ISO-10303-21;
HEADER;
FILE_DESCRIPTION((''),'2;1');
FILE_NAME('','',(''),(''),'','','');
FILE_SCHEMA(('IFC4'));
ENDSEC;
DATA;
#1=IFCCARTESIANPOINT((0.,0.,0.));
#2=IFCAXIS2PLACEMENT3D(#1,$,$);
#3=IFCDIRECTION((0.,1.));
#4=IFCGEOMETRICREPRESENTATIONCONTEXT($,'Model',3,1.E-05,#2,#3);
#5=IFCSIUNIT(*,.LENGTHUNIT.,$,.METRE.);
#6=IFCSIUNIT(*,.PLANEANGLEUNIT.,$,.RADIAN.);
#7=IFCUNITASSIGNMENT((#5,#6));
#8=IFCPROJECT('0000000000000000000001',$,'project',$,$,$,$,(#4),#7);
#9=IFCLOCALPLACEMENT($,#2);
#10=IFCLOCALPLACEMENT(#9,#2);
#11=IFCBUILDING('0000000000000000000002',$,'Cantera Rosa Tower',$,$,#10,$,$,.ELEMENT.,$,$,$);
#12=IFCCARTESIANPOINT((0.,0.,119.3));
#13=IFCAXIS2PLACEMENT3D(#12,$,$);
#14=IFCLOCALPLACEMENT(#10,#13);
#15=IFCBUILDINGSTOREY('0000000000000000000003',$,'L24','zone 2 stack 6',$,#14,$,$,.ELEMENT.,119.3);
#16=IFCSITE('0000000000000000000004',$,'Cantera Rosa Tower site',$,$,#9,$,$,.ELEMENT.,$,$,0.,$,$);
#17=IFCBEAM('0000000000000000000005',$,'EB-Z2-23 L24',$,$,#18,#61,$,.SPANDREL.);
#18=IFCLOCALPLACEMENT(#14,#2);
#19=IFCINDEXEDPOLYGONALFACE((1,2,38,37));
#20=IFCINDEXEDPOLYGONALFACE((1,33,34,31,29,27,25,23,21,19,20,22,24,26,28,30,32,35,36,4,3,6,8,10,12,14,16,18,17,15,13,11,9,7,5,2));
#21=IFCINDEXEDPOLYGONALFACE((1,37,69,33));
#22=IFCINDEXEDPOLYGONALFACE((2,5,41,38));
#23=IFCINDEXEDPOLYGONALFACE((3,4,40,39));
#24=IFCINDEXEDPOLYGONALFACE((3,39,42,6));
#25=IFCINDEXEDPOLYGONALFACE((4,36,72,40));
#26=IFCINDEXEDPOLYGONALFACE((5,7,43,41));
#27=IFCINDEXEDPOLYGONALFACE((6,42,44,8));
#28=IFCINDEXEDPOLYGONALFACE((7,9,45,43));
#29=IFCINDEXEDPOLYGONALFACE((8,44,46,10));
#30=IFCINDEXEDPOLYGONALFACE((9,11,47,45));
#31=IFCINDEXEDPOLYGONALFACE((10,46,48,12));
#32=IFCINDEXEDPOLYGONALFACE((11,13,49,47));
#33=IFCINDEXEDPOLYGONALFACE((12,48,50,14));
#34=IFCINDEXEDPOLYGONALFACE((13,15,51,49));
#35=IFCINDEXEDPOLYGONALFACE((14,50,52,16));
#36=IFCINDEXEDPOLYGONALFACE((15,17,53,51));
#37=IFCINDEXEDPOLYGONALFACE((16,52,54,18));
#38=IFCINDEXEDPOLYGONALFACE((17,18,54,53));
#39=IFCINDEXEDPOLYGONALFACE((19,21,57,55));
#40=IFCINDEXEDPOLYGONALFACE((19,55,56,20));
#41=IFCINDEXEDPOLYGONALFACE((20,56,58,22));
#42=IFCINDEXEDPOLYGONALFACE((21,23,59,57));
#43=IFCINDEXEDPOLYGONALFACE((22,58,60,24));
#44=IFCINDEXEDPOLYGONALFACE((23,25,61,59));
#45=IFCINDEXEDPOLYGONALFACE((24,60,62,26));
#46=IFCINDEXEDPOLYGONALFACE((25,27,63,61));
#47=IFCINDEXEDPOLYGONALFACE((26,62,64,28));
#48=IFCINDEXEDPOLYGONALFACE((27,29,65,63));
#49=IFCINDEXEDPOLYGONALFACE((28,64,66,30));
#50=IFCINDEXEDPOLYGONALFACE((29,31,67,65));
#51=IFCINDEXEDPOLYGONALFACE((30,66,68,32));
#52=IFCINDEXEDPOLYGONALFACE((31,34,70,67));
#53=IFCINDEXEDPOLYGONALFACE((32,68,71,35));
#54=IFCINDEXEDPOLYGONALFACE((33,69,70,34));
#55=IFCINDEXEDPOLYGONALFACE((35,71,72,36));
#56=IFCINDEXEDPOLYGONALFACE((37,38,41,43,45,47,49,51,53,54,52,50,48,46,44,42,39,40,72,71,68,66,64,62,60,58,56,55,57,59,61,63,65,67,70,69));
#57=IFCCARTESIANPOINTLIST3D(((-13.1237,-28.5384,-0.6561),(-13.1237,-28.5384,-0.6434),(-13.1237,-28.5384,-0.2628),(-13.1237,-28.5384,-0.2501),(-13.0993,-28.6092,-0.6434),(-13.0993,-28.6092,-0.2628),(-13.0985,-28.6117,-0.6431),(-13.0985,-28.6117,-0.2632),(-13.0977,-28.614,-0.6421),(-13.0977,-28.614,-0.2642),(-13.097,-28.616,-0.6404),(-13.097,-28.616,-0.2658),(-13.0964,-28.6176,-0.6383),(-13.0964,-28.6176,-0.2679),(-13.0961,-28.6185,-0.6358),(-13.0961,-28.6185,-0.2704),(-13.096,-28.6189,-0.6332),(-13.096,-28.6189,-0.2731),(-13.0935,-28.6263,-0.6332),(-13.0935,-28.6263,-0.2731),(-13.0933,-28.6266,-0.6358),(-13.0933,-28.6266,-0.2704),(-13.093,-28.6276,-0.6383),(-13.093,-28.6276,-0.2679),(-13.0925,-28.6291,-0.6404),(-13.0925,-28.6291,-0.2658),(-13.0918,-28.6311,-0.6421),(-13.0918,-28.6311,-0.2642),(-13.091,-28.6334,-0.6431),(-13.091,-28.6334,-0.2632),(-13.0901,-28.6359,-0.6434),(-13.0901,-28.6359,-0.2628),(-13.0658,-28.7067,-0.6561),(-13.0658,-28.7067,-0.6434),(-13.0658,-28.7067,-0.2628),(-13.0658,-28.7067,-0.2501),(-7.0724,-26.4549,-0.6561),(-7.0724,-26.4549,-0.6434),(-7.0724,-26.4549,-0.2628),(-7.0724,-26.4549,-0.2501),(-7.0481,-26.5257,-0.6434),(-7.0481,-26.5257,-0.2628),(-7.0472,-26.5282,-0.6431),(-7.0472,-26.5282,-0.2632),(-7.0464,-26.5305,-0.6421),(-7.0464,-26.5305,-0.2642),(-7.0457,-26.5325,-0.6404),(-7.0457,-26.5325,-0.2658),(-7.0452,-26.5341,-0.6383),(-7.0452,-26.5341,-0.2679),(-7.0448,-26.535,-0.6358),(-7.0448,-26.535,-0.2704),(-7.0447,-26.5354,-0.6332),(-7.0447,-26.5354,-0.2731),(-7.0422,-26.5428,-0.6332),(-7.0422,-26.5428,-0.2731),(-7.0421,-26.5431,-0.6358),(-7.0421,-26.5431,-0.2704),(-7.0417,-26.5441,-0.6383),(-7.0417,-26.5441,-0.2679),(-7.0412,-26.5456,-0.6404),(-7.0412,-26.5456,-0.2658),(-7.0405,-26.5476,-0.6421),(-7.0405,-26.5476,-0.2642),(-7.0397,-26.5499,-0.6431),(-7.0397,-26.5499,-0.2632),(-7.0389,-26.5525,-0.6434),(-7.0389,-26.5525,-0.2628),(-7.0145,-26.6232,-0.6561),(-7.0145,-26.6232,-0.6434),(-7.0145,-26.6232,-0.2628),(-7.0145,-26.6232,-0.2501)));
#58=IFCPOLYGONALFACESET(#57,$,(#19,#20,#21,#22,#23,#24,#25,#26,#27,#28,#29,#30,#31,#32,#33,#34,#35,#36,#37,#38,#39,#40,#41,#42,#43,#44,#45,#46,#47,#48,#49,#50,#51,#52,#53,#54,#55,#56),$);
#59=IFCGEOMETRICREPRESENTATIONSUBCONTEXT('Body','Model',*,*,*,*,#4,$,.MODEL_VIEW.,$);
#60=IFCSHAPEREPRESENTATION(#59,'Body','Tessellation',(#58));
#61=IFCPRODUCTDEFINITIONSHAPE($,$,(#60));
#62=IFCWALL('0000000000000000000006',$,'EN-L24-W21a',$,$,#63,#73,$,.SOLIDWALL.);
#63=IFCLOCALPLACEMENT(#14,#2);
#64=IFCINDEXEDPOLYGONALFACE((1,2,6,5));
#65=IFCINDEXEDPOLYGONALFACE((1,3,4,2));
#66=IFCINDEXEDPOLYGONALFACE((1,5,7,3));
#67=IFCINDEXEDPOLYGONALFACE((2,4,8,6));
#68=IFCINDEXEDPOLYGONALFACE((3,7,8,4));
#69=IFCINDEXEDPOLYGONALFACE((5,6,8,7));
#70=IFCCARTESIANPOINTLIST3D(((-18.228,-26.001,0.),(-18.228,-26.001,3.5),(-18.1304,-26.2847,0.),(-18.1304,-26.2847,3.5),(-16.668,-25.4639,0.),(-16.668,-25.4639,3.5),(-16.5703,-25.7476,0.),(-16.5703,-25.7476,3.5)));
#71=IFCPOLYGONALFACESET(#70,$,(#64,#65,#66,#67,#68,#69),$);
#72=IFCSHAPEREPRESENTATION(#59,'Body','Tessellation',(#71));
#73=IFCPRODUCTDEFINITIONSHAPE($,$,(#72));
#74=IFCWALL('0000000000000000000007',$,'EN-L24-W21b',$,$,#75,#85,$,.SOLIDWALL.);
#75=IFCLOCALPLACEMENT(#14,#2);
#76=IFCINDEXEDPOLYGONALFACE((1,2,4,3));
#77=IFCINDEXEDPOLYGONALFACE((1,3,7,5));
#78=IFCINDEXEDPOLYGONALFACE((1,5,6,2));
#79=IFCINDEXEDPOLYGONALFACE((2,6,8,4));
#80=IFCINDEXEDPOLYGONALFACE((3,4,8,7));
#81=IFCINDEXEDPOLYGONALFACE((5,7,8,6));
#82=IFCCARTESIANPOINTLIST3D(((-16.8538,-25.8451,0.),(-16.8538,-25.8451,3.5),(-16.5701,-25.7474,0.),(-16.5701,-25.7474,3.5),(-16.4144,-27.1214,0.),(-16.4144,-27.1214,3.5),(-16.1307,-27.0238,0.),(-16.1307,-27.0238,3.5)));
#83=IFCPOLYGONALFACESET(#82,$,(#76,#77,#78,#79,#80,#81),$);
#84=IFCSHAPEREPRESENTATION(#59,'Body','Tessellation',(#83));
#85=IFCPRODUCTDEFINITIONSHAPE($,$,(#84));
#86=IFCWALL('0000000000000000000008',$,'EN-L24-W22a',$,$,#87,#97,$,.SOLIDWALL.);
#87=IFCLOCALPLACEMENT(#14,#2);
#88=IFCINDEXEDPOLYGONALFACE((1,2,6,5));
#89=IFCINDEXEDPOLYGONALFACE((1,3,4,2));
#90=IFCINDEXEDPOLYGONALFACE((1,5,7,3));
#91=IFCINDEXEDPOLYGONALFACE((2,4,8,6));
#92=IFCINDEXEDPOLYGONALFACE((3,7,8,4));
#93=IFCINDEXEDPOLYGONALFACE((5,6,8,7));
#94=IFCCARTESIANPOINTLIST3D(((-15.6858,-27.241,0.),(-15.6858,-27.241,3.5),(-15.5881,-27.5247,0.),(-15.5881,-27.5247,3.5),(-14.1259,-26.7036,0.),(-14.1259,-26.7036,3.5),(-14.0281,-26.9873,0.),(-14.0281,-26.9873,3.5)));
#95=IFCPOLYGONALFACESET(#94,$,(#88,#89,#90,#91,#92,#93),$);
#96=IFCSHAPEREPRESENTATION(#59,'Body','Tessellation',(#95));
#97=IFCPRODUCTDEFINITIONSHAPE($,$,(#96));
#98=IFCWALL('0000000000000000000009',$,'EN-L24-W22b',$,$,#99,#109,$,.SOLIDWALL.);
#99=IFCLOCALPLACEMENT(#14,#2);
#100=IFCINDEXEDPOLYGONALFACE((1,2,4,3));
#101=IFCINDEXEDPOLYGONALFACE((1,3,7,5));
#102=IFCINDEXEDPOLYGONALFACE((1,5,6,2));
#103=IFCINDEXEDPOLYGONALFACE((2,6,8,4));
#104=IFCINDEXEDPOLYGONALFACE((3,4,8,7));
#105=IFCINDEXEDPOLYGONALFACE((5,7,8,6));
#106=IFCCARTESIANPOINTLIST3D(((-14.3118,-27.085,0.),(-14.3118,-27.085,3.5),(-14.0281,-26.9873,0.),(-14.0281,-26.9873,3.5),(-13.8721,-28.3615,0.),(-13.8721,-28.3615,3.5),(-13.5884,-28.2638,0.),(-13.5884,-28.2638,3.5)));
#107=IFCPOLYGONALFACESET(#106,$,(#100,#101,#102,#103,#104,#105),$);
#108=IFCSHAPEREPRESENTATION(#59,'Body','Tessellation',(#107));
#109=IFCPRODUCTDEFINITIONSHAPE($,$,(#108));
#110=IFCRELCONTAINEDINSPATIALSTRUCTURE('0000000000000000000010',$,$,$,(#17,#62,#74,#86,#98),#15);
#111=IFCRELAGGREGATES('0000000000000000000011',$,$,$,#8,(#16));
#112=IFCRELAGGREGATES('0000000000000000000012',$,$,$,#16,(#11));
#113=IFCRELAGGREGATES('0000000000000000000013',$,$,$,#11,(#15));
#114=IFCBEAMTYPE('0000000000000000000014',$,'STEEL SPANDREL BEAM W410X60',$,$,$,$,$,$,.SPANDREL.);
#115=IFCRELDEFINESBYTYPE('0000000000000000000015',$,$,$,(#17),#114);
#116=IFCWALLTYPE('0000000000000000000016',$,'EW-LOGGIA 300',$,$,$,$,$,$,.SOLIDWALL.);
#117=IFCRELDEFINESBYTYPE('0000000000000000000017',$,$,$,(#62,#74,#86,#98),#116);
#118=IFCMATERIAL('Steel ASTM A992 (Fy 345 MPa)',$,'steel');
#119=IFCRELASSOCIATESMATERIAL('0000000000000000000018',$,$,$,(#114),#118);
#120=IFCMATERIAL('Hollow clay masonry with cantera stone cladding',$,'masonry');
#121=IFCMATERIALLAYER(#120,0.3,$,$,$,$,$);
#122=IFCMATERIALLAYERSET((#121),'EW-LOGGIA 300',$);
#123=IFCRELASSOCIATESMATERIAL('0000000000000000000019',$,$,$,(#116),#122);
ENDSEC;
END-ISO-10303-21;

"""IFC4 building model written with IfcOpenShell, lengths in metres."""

from ifc_helpers import new_model, si_unit, direction, frame, frame_2d, origin, origin_2d, place, context, subcontext, project, spatial, rectangle, i_section, extrude, material, layer, layer_set, material_profile, profile_set, type_object, element, save


model = new_model("IFC4")

# Units and contexts
model_context = context("Model", 3, precision=1e-05, world=origin(), true_north=direction((0.0, 1.0)))
body_context = subcontext(model_context, "Body", "Model", "MODEL_VIEW")
ifc_project = project(units=[si_unit("LENGTHUNIT", "METRE"), si_unit("PLANEANGLEUNIT", "RADIAN")], contexts=[model_context])

# Site, building, storey
site_placement = place(None, origin())
site = spatial("IfcSite", under=ifc_project, at=site_placement, Name="Cantera Rosa Tower site", CompositionType="ELEMENT", RefElevation=0.0)
building_placement = place(site_placement, origin())
building = spatial("IfcBuilding", under=site, at=building_placement, Name="Cantera Rosa Tower", CompositionType="ELEMENT")
storey_placement = place(building_placement, frame((0.0, 0.0, 119.3)))
storey = spatial("IfcBuildingStorey", under=building, at=storey_placement, Name="L24", Description="zone 2 stack 6", CompositionType="ELEMENT", Elevation=119.3)

# Beam
ifc_material_1 = material(Name="Steel ASTM A992 (Fy 345 MPa)", Category="steel")
ifc_material_profile_1 = material_profile(ifc_material_1, i_section(OverallWidth=0.178, OverallDepth=0.406, WebThickness=0.0078, FlangeThickness=0.0127, FilletRadius=0.0103, at=origin_2d()), Name="W410X60")
ifc_profile_set_1 = profile_set([ifc_material_profile_1], Name="Steel ASTM A992 (Fy 345 MPa)")
beam_type_1 = type_object("IfcBeamType", Name="STEEL SPANDREL BEAM W410X60", PredefinedType="SPANDREL", material=ifc_profile_set_1)
beam_1_placement = place(storey_placement, frame((-13.0947, -28.6226, -0.4531), z_axis=(0.945524, 0.325551, 0.0), x_axis=(-0.325551, 0.945524, 0.0)))
element("IfcBeam", 1, at=beam_1_placement, inside=storey, type_object=beam_type_1, Name="EB-Z2-23 L24", PredefinedType="SPANDREL", context=body_context, shape_type="SweptSolid", body=[
    extrude(i_section(OverallWidth=0.178, OverallDepth=0.406, WebThickness=0.0078, FlangeThickness=0.0127, FilletRadius=0.0103, at=origin_2d()), origin(), (0.0, 0.0, 1.0), 6.3999),
])

# Walls
ifc_material_2 = material(Name="Hollow clay masonry with cantera stone cladding", Category="masonry")
ifc_layer_1 = layer(ifc_material_2, 0.3)
ifc_layer_set_1 = layer_set([ifc_layer_1], Name="EW-LOGGIA 300")
wall_type_1 = type_object("IfcWallType", Name="EW-LOGGIA 300", PredefinedType="SOLIDWALL", material=ifc_layer_set_1)
wall_1_placement = place(storey_placement, frame((-18.1792, -26.1428, 0.0), z_axis=(0.0, 0.0, 1.0), x_axis=(0.94553, 0.325535, 0.0)))
element("IfcWall", 2, at=wall_1_placement, inside=storey, type_object=wall_type_1, Name="EN-L24-W21a", PredefinedType="SOLIDWALL", context=body_context, shape_type="SweptSolid", body=[
    extrude(rectangle(XDim=1.6499, YDim=0.3, at=frame_2d((0.825, 0.0))), origin(), (0.0, 0.0, 1.0), 3.5),
])
wall_2_placement = place(storey_placement, frame((-16.7119, -25.7964, 0.0), z_axis=(0.0, 0.0, 1.0), x_axis=(0.325545, -0.945527, 0.0)))
element("IfcWall", 3, at=wall_2_placement, inside=storey, type_object=wall_type_1, Name="EN-L24-W21b", PredefinedType="SOLIDWALL", context=body_context, shape_type="SweptSolid", body=[
    extrude(rectangle(XDim=1.3499, YDim=0.3, at=frame_2d((0.6748, 0.0))), origin(), (0.0, 0.0, 1.0), 3.5),
])
wall_3_placement = place(storey_placement, frame((-15.637, -27.3828, 0.0), z_axis=(0.0, 0.0, 1.0), x_axis=(0.945485, 0.325667, 0.0)))
element("IfcWall", 4, at=wall_3_placement, inside=storey, type_object=wall_type_1, Name="EN-L24-W22a", PredefinedType="SOLIDWALL", context=body_context, shape_type="SweptSolid", body=[
    extrude(rectangle(XDim=1.6499, YDim=0.3, at=frame_2d((0.825, 0.0))), origin(), (0.0, 0.0, 1.0), 3.5),
])
wall_4_placement = place(storey_placement, frame((-14.1699, -27.0361, 0.0), z_axis=(0.0, 0.0, 1.0), x_axis=(0.325651, -0.94549, 0.0)))
element("IfcWall", 5, at=wall_4_placement, inside=storey, type_object=wall_type_1, Name="EN-L24-W22b", PredefinedType="SOLIDWALL", context=body_context, shape_type="SweptSolid", body=[
    extrude(rectangle(XDim=1.3501, YDim=0.3, at=frame_2d((0.675, 0.0))), origin(), (0.0, 0.0, 1.0), 3.5),
])

save(model, "model.ifc")
